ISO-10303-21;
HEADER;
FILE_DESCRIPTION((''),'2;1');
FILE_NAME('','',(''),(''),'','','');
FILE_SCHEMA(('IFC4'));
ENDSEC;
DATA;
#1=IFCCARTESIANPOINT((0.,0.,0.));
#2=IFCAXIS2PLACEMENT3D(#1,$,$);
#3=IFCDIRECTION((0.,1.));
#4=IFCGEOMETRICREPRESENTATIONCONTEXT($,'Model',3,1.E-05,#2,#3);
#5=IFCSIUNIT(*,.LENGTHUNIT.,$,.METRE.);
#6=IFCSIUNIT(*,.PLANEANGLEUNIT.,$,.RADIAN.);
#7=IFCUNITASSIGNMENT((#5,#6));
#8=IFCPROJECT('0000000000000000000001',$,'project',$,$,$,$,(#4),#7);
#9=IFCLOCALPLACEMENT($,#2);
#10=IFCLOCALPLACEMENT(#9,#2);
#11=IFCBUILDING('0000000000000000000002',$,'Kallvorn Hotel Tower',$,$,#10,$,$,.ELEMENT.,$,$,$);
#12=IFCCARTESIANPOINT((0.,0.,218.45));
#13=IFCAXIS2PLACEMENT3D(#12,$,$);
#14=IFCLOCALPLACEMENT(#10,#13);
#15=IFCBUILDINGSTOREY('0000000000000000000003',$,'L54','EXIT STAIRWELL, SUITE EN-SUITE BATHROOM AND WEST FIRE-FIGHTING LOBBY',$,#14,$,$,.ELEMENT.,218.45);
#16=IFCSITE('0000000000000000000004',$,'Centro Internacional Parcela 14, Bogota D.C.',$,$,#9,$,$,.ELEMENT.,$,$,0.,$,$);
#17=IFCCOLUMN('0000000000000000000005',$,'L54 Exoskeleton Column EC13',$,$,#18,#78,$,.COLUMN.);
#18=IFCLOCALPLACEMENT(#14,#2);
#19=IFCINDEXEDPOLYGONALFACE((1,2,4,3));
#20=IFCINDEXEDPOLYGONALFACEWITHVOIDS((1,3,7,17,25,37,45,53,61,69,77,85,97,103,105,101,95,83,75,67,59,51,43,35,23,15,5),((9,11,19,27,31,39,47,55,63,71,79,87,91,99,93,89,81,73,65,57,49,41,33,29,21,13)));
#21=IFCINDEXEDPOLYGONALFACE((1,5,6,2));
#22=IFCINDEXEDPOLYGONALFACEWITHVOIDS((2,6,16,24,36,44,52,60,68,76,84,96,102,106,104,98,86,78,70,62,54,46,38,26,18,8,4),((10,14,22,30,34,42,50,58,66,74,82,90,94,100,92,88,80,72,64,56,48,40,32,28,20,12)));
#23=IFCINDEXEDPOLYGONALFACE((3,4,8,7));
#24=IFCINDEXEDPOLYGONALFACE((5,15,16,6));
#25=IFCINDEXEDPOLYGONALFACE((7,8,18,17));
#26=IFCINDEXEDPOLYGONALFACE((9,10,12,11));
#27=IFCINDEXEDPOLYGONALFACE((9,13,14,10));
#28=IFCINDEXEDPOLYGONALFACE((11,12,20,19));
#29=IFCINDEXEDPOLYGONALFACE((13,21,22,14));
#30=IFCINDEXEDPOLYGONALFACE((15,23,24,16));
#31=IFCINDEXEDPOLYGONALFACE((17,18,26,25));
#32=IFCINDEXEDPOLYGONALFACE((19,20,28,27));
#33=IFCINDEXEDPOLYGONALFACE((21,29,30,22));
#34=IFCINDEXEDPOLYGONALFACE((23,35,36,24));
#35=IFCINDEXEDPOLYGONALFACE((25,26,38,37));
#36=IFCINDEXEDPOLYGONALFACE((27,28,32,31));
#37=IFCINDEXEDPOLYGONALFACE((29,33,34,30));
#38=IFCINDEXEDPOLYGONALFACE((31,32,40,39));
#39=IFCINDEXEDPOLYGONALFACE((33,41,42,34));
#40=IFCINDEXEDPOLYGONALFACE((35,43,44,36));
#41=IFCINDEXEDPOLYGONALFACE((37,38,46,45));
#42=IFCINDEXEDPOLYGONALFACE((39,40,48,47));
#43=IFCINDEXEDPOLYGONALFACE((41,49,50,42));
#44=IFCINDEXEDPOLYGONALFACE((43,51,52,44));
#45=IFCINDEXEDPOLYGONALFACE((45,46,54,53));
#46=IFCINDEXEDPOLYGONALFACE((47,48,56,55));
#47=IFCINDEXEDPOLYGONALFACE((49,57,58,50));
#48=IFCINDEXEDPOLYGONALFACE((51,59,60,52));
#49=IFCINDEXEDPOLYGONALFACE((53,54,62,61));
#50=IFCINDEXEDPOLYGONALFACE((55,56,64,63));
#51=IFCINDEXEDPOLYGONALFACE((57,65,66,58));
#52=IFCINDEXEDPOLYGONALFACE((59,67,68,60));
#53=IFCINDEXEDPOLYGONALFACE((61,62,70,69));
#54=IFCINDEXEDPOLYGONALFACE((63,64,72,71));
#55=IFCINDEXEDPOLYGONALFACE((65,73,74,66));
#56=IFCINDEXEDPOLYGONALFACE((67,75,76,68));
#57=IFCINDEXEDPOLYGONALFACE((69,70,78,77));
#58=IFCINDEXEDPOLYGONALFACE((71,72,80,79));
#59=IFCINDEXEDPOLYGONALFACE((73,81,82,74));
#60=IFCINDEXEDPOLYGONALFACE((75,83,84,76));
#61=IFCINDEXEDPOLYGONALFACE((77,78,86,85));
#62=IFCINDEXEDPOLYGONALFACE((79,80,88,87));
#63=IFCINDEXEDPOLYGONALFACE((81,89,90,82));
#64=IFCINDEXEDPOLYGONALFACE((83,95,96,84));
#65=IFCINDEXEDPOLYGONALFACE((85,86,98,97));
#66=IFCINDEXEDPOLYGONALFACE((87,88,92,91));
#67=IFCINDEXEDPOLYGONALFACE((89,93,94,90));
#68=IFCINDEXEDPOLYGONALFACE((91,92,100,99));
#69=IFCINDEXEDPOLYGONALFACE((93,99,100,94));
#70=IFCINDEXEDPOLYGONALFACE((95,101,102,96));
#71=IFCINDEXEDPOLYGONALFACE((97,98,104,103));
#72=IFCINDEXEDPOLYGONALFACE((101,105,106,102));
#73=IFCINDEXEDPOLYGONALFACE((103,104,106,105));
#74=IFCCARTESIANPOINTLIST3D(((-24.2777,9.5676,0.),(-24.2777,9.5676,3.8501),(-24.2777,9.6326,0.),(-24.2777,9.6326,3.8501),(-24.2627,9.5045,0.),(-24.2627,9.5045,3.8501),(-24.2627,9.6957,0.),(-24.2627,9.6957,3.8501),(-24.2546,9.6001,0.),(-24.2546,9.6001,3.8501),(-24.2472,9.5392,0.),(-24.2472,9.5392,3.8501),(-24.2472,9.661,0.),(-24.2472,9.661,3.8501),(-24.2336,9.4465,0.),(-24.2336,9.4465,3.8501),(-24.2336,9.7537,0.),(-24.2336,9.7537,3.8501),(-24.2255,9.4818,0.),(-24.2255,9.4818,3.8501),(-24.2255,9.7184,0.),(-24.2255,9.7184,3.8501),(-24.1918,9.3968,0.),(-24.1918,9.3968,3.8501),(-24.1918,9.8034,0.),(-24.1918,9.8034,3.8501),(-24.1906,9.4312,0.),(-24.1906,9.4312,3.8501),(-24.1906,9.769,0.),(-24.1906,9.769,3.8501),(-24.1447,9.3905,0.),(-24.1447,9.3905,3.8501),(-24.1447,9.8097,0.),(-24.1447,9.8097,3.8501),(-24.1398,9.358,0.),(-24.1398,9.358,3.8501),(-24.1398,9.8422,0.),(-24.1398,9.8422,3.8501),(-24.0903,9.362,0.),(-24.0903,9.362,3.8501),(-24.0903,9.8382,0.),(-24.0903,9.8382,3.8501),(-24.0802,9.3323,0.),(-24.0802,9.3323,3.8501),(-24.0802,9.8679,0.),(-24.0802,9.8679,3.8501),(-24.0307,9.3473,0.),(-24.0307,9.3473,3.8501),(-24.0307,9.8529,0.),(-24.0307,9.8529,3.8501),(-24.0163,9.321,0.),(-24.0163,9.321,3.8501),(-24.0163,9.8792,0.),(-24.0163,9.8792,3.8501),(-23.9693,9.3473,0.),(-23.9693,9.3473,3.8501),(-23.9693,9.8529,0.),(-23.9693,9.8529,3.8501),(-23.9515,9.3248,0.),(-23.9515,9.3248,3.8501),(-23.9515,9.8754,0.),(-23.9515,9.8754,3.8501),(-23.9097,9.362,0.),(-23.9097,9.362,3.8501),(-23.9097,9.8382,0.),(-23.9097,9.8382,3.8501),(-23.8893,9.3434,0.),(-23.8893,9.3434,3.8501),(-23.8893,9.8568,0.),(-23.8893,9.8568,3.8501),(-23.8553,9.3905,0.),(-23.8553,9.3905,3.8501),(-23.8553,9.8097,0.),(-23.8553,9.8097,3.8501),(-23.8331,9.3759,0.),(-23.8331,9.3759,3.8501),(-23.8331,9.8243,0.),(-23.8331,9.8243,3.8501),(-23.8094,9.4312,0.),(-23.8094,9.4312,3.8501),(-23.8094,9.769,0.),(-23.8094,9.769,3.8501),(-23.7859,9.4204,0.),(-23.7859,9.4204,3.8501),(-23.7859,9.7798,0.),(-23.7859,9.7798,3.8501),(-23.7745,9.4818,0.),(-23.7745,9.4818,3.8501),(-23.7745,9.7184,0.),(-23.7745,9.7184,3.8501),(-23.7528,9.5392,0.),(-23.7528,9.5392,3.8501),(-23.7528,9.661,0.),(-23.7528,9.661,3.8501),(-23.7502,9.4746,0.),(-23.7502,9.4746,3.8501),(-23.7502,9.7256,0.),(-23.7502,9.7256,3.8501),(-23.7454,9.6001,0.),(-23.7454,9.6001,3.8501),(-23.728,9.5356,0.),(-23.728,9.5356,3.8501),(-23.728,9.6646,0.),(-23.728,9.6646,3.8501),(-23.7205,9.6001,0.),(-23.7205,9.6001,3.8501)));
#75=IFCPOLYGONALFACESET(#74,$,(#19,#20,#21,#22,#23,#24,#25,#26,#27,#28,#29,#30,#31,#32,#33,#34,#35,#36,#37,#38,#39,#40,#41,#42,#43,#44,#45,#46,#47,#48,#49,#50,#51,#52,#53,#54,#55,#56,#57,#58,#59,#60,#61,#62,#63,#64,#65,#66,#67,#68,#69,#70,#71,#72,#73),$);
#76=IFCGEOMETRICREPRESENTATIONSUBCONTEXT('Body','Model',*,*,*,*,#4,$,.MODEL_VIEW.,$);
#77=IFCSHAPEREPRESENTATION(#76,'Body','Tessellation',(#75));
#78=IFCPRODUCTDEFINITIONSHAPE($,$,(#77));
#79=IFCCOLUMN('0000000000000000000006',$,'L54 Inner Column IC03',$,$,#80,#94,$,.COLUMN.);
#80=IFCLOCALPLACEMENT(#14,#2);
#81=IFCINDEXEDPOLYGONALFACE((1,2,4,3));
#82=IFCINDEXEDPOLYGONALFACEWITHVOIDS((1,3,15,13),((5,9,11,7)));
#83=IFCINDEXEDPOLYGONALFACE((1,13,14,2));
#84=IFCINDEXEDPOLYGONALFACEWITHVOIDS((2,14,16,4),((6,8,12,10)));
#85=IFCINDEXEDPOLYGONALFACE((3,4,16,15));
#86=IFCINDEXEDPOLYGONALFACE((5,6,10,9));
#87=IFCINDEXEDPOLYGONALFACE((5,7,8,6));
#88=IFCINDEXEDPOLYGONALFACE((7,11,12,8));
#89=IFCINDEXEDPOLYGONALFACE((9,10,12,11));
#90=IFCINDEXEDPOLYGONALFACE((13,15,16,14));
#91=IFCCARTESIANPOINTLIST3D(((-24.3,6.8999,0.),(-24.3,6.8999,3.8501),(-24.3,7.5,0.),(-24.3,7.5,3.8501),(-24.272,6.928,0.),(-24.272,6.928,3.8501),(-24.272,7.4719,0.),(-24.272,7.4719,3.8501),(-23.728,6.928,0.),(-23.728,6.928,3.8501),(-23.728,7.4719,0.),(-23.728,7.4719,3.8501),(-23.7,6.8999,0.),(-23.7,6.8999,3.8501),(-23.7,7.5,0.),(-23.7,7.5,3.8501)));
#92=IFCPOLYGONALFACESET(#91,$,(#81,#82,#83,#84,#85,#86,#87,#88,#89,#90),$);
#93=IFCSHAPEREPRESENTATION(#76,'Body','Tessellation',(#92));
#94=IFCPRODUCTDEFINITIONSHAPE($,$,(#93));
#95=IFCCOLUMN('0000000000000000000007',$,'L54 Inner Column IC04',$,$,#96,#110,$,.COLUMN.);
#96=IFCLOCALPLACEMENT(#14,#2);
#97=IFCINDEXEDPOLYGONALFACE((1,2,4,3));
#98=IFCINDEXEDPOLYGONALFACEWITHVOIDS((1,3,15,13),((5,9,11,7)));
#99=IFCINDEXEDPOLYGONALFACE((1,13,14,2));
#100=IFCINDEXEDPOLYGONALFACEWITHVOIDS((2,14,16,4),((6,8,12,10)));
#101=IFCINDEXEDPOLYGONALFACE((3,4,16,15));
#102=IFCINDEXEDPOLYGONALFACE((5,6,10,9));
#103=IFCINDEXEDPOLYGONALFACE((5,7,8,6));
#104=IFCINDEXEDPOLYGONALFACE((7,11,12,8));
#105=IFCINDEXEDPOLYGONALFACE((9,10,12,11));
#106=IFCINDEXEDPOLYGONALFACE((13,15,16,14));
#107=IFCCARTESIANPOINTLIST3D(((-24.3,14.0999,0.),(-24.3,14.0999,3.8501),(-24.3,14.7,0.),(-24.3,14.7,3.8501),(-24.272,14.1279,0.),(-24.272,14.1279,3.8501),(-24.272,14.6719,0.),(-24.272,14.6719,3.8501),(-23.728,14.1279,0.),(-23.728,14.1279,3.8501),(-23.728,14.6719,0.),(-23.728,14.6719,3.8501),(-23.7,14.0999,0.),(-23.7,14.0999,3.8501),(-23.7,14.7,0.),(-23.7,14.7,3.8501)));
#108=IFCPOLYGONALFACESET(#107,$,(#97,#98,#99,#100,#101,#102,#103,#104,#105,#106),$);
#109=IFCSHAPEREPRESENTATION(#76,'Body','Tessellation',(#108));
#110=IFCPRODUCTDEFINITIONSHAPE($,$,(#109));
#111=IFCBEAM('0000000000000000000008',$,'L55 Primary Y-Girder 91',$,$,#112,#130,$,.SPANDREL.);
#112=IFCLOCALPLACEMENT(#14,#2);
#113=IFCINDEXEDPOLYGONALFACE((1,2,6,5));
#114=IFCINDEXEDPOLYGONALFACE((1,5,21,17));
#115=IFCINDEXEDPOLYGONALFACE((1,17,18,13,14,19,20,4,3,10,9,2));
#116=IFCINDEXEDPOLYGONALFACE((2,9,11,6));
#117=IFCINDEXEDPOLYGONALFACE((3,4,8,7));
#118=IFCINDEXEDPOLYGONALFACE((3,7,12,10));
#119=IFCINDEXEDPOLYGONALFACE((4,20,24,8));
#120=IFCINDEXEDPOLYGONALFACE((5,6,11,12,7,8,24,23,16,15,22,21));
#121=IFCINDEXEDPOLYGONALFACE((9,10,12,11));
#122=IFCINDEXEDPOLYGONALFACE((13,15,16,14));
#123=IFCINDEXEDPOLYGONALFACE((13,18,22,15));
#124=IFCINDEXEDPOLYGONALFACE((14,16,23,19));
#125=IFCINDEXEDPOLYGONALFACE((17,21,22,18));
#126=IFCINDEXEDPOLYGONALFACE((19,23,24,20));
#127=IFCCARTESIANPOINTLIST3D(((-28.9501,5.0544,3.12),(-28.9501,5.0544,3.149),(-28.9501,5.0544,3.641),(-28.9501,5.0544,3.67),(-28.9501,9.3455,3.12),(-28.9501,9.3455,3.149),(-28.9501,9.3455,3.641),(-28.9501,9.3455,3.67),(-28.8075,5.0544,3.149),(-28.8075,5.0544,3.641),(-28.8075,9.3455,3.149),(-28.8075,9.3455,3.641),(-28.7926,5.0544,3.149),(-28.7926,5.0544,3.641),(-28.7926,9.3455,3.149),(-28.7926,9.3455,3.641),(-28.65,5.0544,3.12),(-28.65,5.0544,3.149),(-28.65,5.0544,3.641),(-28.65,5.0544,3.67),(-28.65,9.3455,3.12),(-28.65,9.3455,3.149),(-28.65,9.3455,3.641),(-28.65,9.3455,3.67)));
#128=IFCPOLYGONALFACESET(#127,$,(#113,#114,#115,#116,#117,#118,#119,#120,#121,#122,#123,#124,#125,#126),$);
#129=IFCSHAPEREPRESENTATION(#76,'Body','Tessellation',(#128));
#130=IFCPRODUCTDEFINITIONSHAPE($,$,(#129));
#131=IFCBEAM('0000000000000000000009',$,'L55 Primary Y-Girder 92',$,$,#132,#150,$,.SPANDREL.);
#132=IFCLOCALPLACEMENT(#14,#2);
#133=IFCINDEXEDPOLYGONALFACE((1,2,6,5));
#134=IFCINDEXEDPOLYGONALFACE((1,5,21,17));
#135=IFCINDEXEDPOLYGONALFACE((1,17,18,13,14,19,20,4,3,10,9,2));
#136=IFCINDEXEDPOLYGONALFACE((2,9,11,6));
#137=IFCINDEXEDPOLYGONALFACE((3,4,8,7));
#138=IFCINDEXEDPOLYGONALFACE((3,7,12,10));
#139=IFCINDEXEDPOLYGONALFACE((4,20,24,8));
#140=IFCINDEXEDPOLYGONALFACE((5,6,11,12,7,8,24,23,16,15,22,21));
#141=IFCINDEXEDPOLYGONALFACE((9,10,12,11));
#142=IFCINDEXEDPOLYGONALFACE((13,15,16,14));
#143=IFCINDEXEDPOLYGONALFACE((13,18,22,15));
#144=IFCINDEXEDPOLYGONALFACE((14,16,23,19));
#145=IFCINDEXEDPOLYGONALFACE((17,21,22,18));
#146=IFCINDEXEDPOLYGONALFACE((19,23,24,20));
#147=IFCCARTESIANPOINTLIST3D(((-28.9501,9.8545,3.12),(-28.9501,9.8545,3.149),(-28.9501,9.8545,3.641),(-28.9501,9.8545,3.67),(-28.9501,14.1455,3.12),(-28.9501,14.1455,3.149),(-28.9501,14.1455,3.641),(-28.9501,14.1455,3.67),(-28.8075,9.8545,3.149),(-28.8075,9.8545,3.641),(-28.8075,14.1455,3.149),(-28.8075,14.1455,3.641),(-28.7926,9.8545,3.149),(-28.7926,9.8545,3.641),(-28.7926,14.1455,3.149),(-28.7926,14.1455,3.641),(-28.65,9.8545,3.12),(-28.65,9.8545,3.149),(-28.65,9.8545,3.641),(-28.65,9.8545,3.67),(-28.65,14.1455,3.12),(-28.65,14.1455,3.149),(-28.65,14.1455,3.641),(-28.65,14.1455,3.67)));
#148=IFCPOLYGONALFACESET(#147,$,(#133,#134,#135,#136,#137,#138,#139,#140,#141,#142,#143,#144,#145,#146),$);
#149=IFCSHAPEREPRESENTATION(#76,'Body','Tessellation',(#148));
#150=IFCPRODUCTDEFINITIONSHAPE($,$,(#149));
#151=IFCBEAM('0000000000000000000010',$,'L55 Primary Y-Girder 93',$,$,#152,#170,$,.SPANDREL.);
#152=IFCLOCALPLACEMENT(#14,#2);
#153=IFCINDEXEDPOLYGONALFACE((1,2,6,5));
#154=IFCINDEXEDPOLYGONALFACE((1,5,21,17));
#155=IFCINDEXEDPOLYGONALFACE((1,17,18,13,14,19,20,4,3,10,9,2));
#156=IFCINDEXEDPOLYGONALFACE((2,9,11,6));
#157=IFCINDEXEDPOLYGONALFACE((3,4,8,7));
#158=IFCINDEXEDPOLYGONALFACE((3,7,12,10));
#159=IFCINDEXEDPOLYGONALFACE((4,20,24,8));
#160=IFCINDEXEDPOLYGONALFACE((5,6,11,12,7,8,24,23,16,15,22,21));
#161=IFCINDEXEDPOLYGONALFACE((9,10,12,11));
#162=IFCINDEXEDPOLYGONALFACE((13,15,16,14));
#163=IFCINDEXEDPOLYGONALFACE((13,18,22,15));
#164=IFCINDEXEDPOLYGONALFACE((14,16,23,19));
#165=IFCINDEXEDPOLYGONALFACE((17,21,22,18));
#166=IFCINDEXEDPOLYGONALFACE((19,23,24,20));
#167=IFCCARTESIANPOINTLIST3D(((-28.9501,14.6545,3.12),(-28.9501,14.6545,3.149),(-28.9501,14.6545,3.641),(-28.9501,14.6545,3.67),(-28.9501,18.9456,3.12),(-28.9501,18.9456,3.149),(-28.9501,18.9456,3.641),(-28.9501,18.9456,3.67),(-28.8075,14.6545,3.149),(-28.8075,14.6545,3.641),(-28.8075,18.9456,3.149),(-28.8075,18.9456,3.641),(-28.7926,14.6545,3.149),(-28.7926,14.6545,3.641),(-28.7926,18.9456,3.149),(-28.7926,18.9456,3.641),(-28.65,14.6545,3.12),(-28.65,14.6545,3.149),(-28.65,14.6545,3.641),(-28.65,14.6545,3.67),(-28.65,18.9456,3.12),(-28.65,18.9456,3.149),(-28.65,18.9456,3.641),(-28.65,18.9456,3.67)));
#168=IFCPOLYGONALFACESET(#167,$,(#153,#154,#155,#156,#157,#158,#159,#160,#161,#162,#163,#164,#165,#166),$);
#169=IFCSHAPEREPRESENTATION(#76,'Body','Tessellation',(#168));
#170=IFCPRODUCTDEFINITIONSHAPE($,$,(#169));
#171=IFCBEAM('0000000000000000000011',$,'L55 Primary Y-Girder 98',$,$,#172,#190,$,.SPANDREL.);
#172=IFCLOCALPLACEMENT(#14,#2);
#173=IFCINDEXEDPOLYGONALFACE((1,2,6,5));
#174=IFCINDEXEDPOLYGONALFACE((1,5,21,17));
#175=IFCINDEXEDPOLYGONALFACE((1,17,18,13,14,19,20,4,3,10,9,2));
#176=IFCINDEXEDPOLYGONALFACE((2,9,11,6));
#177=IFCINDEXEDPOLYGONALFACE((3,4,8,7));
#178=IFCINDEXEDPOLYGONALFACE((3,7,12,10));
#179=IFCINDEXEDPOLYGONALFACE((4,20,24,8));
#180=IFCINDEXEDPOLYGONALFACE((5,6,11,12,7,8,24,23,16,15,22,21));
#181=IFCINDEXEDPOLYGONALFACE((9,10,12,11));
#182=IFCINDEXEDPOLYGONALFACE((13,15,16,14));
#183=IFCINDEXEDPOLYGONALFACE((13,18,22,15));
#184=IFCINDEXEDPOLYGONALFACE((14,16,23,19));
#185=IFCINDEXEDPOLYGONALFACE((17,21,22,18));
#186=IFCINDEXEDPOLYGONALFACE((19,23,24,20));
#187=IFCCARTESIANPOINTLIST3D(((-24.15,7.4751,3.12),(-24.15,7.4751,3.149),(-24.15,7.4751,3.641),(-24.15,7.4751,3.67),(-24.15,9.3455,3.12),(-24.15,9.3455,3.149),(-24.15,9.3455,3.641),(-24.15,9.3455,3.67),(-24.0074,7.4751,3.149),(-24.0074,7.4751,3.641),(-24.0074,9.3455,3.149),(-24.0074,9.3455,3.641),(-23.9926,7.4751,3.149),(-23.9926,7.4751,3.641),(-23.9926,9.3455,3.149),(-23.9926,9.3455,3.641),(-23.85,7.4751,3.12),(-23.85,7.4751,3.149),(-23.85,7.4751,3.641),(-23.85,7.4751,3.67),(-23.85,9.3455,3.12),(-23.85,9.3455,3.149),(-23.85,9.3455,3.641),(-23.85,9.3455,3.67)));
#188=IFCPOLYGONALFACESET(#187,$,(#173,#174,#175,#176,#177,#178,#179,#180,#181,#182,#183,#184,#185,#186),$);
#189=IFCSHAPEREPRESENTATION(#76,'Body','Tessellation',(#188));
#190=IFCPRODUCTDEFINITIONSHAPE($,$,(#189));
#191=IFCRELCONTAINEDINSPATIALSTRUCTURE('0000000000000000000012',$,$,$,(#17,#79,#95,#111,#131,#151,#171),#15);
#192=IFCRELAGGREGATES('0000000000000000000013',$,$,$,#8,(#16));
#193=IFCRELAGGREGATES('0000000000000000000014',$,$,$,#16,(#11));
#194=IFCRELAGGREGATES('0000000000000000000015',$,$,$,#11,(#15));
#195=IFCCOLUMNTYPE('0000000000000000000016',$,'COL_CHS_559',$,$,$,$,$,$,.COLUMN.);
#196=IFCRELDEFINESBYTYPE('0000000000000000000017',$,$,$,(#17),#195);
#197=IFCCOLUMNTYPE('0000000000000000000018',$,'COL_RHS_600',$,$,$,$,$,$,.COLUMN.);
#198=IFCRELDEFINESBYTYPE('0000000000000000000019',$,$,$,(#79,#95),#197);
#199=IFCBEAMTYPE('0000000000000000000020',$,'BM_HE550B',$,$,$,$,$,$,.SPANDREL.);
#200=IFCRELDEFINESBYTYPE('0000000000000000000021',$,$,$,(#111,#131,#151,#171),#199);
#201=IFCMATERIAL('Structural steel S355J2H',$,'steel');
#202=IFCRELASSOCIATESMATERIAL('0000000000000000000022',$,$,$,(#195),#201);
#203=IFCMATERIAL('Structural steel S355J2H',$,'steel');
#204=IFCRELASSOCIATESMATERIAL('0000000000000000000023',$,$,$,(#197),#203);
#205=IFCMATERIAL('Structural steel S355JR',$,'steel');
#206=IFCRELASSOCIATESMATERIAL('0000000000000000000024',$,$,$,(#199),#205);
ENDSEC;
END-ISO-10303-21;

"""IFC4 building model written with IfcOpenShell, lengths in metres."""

from ifc_helpers import new_model, si_unit, direction, frame, origin, origin_2d, place, context, subcontext, project, spatial, hollow_rectangle, hollow_circle, i_section, extrude, material, material_profile, profile_set, type_object, element, save


model = new_model("IFC4")

# Units and contexts
model_context = context("Model", 3, precision=1e-05, world=origin(), true_north=direction((0.0, 1.0)))
body_context = subcontext(model_context, "Body", "Model", "MODEL_VIEW")
ifc_project = project(units=[si_unit("LENGTHUNIT", "METRE"), si_unit("PLANEANGLEUNIT", "RADIAN")], contexts=[model_context])

# Site, building, storey
site_placement = place(None, origin())
site = spatial("IfcSite", under=ifc_project, at=site_placement, Name="Centro Internacional Parcela 14, Bogota D.C.", CompositionType="ELEMENT", RefElevation=0.0)
building_placement = place(site_placement, origin())
building = spatial("IfcBuilding", under=site, at=building_placement, Name="Kallvorn Hotel Tower", CompositionType="ELEMENT")
storey_placement = place(building_placement, frame((0.0, 0.0, 218.45)))
storey = spatial("IfcBuildingStorey", under=building, at=storey_placement, Name="L54", Description="EXIT STAIRWELL, SUITE EN-SUITE BATHROOM AND WEST FIRE-FIGHTING LOBBY", CompositionType="ELEMENT", Elevation=218.45)

# Columns
ifc_material_1 = material(Name="Structural steel S355J2H", Category="steel")
ifc_material_profile_1 = material_profile(ifc_material_1, hollow_circle(Radius=0.2795, WallThickness=0.0249, at=origin_2d()), Name="CHS 559x25")
ifc_profile_set_1 = profile_set([ifc_material_profile_1], Name="Structural steel S355J2H")
column_type_1 = type_object("IfcColumnType", Name="COL_CHS_559", PredefinedType="COLUMN", material=ifc_profile_set_1)
for number, where, z_axis, x_axis, name in (
    (1, (-24.0, 9.6001, 0.0), (0.0, 0.0, 1.0), (1.0, 0.0, 0.0), "L54 Exoskeleton Column EC13"),
):
    element("IfcColumn", number, at=place(storey_placement, frame(where, z_axis=z_axis, x_axis=x_axis)), inside=storey, type_object=column_type_1, Name=name, PredefinedType="COLUMN", context=body_context, shape_type="SweptSolid", body=[
        extrude(hollow_circle(Radius=0.2795, WallThickness=0.0249, at=origin_2d()), origin(), (0.0, 0.0, 1.0), 3.8501),
    ])
ifc_material_2 = material(Name="Structural steel S355J2H", Category="steel")
ifc_material_profile_2 = material_profile(ifc_material_2, hollow_rectangle(XDim=0.6001, YDim=0.6001, WallThickness=0.0281, at=origin_2d()), Name="RHS 600x600x28")
ifc_profile_set_2 = profile_set([ifc_material_profile_2], Name="Structural steel S355J2H")
column_type_2 = type_object("IfcColumnType", Name="COL_RHS_600", PredefinedType="COLUMN", material=ifc_profile_set_2)
for number, where, z_axis, x_axis, name in (
    (2, (-24.0, 7.2, 0.0), (0.0, 0.0, 1.0), (1.0, 0.0, 0.0), "L54 Inner Column IC03"),
    (3, (-24.0, 14.3999, 0.0), (0.0, 0.0, 1.0), (1.0, 0.0, 0.0), "L54 Inner Column IC04"),
):
    element("IfcColumn", number, at=place(storey_placement, frame(where, z_axis=z_axis, x_axis=x_axis)), inside=storey, type_object=column_type_2, Name=name, PredefinedType="COLUMN", context=body_context, shape_type="SweptSolid", body=[
        extrude(hollow_rectangle(XDim=0.6001, YDim=0.6001, WallThickness=0.0281, at=origin_2d()), origin(), (0.0, 0.0, 1.0), 3.8501),
    ])

# Beams
ifc_material_3 = material(Name="Structural steel S355JR", Category="steel")
ifc_material_profile_3 = material_profile(ifc_material_3, i_section(OverallWidth=0.3, OverallDepth=0.55, WebThickness=0.0149, FlangeThickness=0.0291, at=origin_2d()), Name="HE 550 B")
ifc_profile_set_3 = profile_set([ifc_material_profile_3], Name="Structural steel S355JR")
beam_type_1 = type_object("IfcBeamType", Name="BM_HE550B", PredefinedType="SPANDREL", material=ifc_profile_set_3)
for number, where, z_axis, x_axis, name in (
    (4, (-28.8, 5.0544, 3.395), (0.0, 1.0, 0.0), (-1.0, 0.0, 0.0), "L55 Primary Y-Girder 91"),
    (5, (-28.8, 9.8545, 3.395), (0.0, 1.0, 0.0), (-1.0, 0.0, 0.0), "L55 Primary Y-Girder 92"),
    (6, (-28.8, 14.6545, 3.395), (0.0, 1.0, 0.0), (-1.0, 0.0, 0.0), "L55 Primary Y-Girder 93"),
):
    element("IfcBeam", number, at=place(storey_placement, frame(where, z_axis=z_axis, x_axis=x_axis)), inside=storey, type_object=beam_type_1, Name=name, PredefinedType="SPANDREL", context=body_context, shape_type="SweptSolid", body=[
        extrude(i_section(OverallWidth=0.3, OverallDepth=0.55, WebThickness=0.0149, FlangeThickness=0.0291, at=origin_2d()), origin(), (0.0, 0.0, 1.0), 4.291),
    ])
beam_1_placement = place(storey_placement, frame((-24.0, 7.4751, 3.395), z_axis=(0.0, 1.0, 0.0), x_axis=(-1.0, 0.0, 0.0)))
element("IfcBeam", 7, at=beam_1_placement, inside=storey, type_object=beam_type_1, Name="L55 Primary Y-Girder 98", PredefinedType="SPANDREL", context=body_context, shape_type="SweptSolid", body=[
    extrude(i_section(OverallWidth=0.3, OverallDepth=0.55, WebThickness=0.0149, FlangeThickness=0.0291, at=origin_2d()), origin(), (0.0, 0.0, 1.0), 1.8704),
])

save(model, "model.ifc")
